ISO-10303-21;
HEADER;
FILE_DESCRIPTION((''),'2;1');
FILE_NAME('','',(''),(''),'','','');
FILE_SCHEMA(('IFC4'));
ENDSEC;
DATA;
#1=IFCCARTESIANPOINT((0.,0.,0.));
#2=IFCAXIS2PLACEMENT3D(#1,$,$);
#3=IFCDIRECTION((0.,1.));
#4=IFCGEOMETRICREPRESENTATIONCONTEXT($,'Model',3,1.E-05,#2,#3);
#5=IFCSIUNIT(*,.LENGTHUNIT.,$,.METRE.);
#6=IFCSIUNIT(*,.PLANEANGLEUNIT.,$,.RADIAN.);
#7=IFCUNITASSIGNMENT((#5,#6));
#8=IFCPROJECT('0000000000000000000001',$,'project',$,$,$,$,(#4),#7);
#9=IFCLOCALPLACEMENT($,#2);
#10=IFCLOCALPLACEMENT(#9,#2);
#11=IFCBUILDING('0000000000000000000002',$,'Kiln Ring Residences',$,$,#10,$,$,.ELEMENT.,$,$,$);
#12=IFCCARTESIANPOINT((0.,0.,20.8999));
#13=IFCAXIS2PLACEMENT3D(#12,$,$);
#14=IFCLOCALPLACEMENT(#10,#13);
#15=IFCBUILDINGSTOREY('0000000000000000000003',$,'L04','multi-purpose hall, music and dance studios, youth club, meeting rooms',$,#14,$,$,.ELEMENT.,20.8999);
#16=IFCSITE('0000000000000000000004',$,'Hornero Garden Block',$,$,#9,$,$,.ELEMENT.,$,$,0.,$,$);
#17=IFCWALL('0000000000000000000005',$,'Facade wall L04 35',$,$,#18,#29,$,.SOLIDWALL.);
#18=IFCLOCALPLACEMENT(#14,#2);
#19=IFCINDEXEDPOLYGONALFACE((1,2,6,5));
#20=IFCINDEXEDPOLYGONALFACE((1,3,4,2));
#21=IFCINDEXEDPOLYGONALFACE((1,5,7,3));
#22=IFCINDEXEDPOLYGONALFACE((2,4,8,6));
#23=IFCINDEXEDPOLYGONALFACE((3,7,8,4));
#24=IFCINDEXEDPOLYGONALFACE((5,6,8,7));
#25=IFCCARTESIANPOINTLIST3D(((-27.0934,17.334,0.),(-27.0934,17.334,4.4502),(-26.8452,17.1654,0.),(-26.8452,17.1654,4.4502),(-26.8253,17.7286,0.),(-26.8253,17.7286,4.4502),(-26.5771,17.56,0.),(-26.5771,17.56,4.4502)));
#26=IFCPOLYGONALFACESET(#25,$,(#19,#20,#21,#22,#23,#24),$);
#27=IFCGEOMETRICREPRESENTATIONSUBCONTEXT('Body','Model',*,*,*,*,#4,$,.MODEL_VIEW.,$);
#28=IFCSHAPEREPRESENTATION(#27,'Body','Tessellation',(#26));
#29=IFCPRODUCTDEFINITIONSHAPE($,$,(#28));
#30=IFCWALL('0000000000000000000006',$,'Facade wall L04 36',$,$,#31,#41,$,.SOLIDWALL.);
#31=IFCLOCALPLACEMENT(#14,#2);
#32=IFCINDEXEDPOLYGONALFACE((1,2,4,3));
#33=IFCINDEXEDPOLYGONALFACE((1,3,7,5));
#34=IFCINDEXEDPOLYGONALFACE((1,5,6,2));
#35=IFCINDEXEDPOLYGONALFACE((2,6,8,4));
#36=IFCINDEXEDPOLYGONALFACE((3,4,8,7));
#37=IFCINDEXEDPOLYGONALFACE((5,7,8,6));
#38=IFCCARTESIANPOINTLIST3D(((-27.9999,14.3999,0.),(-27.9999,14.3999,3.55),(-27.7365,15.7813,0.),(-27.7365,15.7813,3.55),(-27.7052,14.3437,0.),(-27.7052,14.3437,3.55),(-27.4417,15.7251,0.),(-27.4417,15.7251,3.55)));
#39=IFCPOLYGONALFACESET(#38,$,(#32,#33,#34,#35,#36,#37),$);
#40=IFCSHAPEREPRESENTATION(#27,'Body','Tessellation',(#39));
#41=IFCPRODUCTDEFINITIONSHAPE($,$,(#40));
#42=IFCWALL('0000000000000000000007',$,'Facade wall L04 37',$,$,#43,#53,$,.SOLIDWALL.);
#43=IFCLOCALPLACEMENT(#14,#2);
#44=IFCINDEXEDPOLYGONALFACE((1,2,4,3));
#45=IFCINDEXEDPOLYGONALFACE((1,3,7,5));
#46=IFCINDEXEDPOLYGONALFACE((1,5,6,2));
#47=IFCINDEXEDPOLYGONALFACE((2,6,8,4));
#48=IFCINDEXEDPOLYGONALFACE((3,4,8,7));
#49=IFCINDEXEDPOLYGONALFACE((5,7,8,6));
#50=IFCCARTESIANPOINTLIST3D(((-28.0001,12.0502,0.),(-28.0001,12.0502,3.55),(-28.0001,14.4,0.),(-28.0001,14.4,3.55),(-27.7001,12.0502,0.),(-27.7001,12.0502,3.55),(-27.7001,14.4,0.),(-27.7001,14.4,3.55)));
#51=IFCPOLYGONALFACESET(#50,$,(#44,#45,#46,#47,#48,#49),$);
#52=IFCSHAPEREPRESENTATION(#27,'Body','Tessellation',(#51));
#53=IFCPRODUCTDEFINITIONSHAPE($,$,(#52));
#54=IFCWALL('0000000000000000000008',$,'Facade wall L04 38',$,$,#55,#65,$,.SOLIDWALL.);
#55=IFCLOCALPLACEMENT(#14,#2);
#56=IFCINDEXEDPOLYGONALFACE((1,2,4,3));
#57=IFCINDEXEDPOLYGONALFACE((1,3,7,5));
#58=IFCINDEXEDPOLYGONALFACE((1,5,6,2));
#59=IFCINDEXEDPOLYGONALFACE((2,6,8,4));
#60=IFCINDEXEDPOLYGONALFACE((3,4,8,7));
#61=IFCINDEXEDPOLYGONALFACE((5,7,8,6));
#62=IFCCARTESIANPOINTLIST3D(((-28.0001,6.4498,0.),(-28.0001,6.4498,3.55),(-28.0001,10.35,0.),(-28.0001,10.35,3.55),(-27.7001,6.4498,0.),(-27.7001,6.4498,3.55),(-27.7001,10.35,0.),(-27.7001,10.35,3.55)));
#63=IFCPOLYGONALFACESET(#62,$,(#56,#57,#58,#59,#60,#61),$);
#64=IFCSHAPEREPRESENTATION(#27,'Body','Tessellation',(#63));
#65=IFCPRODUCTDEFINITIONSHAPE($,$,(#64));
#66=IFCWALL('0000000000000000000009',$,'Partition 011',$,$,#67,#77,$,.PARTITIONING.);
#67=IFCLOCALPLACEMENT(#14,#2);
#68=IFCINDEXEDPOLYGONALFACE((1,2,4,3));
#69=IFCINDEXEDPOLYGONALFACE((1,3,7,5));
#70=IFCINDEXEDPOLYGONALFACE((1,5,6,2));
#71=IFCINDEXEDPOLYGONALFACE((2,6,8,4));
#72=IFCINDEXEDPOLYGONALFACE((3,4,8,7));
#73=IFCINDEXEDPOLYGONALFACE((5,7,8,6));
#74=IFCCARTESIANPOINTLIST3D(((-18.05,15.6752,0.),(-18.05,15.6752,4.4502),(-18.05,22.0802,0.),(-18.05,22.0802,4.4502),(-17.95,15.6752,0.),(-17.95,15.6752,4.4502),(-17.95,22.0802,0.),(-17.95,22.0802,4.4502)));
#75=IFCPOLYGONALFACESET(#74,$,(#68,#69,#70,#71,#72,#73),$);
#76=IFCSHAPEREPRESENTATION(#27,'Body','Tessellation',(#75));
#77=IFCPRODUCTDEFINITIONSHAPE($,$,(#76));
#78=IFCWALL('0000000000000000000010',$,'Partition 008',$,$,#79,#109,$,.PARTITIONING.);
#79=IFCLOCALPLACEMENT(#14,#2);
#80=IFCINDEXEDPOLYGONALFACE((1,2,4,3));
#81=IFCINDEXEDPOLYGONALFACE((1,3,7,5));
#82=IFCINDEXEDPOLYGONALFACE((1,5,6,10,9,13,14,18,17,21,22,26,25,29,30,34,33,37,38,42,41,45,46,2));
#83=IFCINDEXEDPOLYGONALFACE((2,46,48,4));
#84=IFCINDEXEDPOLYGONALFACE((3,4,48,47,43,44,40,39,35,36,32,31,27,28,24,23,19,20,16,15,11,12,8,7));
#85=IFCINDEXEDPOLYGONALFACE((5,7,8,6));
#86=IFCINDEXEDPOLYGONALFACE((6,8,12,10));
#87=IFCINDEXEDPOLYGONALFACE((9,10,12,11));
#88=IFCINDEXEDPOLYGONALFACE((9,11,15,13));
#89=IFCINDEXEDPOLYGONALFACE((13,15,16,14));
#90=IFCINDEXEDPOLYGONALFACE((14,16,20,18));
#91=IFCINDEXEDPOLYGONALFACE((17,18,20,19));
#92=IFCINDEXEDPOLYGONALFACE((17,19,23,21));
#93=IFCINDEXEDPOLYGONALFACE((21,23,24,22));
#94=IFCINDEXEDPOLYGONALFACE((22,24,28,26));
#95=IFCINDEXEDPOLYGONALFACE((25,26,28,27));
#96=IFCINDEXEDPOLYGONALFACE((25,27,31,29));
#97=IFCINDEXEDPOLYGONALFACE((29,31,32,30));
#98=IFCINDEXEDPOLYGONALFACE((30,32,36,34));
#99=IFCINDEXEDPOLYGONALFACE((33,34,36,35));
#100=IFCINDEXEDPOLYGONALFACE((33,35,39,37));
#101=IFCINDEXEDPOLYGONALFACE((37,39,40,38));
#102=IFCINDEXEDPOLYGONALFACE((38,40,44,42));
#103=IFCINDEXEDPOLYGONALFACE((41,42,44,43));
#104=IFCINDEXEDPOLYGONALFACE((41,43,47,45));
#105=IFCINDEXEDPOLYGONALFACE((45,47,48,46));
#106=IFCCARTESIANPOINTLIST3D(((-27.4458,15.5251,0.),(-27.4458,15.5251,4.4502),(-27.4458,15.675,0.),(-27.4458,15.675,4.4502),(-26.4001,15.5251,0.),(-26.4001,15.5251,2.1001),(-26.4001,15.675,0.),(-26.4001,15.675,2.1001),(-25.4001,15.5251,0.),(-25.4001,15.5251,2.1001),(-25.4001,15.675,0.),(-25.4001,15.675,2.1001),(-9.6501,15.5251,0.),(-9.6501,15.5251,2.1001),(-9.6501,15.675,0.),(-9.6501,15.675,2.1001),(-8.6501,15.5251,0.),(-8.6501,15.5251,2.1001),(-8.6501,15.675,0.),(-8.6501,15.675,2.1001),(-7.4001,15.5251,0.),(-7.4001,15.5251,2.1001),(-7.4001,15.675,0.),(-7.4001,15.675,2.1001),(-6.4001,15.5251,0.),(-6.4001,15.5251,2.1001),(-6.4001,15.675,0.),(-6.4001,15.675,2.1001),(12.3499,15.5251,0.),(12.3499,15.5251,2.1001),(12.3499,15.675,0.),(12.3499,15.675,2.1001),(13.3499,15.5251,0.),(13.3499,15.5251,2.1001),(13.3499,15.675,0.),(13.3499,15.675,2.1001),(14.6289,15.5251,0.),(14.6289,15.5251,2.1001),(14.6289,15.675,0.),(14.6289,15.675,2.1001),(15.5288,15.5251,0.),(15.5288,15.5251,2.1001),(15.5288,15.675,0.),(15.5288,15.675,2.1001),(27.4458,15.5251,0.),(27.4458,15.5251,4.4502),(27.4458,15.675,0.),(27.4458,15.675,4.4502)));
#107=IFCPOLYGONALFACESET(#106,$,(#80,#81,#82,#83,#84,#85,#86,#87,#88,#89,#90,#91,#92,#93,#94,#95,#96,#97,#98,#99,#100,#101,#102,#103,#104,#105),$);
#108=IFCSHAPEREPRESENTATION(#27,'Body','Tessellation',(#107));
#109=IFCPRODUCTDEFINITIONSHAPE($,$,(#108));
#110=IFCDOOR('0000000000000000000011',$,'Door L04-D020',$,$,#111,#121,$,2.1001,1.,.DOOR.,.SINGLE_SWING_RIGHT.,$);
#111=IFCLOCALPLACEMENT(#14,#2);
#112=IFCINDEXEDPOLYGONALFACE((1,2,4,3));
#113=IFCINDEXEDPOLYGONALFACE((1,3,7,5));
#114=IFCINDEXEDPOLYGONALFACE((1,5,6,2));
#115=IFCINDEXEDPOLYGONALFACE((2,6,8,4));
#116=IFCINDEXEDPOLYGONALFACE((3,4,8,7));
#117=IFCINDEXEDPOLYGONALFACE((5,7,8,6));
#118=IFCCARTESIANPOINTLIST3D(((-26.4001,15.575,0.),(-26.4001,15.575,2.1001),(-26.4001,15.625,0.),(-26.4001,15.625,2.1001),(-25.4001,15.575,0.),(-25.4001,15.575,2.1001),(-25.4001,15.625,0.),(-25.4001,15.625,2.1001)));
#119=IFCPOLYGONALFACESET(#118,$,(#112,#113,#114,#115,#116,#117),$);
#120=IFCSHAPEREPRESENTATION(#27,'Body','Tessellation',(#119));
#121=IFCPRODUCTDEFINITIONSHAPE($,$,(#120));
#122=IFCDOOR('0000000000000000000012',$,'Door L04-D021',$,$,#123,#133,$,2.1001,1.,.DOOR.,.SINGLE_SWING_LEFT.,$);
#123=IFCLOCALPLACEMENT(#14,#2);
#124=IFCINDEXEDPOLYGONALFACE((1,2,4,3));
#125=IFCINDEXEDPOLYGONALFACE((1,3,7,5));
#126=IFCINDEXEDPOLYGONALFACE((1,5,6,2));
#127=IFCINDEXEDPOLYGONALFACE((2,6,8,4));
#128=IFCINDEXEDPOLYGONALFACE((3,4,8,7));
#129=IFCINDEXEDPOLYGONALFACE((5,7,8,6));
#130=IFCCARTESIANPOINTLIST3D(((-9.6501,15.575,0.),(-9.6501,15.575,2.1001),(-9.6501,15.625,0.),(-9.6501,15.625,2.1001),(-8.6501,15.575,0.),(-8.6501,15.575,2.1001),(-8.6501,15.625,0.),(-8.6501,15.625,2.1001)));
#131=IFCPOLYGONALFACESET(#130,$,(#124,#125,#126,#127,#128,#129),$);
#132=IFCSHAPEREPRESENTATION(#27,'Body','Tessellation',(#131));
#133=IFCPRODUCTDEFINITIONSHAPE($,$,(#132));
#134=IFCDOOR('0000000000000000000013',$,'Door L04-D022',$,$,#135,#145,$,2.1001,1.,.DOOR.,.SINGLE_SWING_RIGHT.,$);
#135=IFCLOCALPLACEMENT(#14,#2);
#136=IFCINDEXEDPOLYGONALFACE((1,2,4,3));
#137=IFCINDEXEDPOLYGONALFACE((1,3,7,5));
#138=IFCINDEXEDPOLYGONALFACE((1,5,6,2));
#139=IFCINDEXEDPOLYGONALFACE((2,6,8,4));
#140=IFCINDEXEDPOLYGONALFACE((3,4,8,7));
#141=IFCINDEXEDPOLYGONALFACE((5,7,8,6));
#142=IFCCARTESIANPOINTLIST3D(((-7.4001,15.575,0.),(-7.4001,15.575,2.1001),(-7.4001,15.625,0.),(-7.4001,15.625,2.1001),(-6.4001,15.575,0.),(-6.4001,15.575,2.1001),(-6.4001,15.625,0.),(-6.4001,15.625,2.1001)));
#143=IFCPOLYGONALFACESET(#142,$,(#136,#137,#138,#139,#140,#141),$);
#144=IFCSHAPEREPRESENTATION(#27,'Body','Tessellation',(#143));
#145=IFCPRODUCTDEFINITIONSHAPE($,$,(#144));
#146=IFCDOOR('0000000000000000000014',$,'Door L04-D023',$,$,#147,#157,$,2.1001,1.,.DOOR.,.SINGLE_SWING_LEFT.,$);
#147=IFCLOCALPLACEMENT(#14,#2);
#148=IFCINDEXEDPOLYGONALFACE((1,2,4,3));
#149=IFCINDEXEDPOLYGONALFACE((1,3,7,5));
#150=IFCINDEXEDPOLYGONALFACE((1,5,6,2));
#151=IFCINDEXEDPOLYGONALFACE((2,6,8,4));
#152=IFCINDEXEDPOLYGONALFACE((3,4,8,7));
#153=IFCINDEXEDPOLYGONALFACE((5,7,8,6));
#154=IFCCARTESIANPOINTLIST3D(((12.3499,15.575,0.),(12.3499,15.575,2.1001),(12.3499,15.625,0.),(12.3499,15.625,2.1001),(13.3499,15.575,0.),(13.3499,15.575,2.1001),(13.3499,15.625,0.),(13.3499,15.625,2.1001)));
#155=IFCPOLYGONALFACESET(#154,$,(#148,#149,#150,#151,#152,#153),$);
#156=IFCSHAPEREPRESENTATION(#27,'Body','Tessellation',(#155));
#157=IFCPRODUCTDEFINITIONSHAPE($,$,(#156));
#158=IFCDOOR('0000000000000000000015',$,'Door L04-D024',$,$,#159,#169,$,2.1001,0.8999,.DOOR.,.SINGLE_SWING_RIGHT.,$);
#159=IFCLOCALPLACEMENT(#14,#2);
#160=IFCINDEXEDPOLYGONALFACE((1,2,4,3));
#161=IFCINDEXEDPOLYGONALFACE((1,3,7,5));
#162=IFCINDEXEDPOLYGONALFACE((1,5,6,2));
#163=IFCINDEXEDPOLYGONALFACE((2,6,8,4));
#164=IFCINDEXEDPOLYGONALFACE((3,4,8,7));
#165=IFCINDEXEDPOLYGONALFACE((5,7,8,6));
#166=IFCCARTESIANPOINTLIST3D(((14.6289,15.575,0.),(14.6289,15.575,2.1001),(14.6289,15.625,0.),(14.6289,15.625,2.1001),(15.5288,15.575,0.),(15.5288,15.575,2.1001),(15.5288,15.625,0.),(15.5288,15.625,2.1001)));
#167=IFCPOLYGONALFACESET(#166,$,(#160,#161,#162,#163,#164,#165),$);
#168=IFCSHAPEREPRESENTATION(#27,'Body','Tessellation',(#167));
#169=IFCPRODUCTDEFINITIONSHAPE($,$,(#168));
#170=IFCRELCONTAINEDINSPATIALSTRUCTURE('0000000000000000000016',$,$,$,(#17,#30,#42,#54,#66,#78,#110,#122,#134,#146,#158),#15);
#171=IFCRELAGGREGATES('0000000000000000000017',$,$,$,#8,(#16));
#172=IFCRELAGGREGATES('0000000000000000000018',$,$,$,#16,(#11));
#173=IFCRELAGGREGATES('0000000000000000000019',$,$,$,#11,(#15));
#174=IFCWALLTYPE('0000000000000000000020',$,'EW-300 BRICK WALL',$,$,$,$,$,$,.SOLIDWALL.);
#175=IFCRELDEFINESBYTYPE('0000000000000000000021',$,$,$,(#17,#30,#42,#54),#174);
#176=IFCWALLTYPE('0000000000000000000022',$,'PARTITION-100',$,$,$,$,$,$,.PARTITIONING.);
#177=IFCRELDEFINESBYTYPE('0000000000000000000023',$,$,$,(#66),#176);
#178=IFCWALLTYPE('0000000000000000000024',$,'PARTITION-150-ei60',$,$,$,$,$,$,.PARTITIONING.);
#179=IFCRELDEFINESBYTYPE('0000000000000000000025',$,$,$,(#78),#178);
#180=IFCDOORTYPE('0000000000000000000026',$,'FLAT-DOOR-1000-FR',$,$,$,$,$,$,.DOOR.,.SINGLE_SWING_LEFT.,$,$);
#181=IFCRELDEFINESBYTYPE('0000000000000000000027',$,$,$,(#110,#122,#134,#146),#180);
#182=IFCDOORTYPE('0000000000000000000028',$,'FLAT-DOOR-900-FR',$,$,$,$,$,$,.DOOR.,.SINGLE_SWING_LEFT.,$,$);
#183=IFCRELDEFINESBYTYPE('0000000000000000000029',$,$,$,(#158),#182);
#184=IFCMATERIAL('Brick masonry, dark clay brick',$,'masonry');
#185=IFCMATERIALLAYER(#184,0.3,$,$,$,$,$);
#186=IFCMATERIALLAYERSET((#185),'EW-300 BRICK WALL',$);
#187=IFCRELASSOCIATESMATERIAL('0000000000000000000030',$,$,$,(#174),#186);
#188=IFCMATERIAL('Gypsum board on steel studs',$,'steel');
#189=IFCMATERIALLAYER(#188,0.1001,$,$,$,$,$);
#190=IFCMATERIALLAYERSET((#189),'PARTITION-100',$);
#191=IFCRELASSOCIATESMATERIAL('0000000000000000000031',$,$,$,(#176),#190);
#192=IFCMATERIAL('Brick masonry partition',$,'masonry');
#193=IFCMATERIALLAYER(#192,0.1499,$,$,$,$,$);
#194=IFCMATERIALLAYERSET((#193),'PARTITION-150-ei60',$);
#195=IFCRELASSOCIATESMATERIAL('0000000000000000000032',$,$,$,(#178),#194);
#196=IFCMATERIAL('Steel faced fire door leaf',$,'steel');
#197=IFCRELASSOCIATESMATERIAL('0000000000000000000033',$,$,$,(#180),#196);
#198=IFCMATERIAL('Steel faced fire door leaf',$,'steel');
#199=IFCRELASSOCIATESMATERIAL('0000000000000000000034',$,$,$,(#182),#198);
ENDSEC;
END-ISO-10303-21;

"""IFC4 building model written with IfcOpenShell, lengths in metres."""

from ifc_helpers import new_model, si_unit, direction, frame, frame_2d, origin, place, context, subcontext, project, spatial, rectangle, extrude, material, layer, layer_set, type_object, element, fill, save


model = new_model("IFC4")

# Units and contexts
model_context = context("Model", 3, precision=1e-05, world=origin(), true_north=direction((0.0, 1.0)))
body_context = subcontext(model_context, "Body", "Model", "MODEL_VIEW")
ifc_project = project(units=[si_unit("LENGTHUNIT", "METRE"), si_unit("PLANEANGLEUNIT", "RADIAN")], contexts=[model_context])

# Site, building, storey
site_placement = place(None, origin())
site = spatial("IfcSite", under=ifc_project, at=site_placement, Name="Hornero Garden Block", CompositionType="ELEMENT", RefElevation=0.0)
building_placement = place(site_placement, origin())
building = spatial("IfcBuilding", under=site, at=building_placement, Name="Kiln Ring Residences", CompositionType="ELEMENT")
storey_placement = place(building_placement, frame((0.0, 0.0, 20.8999)))
storey = spatial("IfcBuildingStorey", under=building, at=storey_placement, Name="L04", Description="multi-purpose hall, music and dance studios, youth club, meeting rooms", CompositionType="ELEMENT", Elevation=20.8999)

# Shared definitions
ifc_material_1 = material(Name="Brick masonry, dark clay brick", Category="masonry")
ifc_layer_1 = layer(ifc_material_1, 0.3)
ifc_layer_set_1 = layer_set([ifc_layer_1], Name="EW-300 BRICK WALL")
wall_type_1 = type_object("IfcWallType", Name="EW-300 BRICK WALL", PredefinedType="SOLIDWALL", material=ifc_layer_set_1)

# Walls
wall_1_placement = place(storey_placement, frame((-26.7012, 17.6443, 0.0), z_axis=(0.0, 0.0, 1.0), x_axis=(-0.562002, -0.827136, 0.0)))
element("IfcWall", 1, at=wall_1_placement, inside=storey, type_object=wall_type_1, Name="Facade wall L04 35", PredefinedType="SOLIDWALL", context=body_context, shape_type="SweptSolid", body=[
    extrude(rectangle(XDim=0.4771, YDim=0.3, at=frame_2d((0.2385, 0.0))), origin(), (0.0, 0.0, 1.0), 4.4502),
])
wall_2_placement = place(storey_placement, frame((-27.5891, 15.7532, 0.0), z_axis=(0.0, 0.0, 1.0), x_axis=(-0.187328, -0.982298, 0.0)))
element("IfcWall", 2, at=wall_2_placement, inside=storey, type_object=wall_type_1, Name="Facade wall L04 36", PredefinedType="SOLIDWALL", context=body_context, shape_type="SweptSolid", body=[
    extrude(rectangle(XDim=1.4062, YDim=0.3, at=frame_2d((0.7031, 0.0))), origin(), (0.0, 0.0, 1.0), 3.55),
])
wall_3_placement = place(storey_placement, frame((-27.8501, 14.3999, 0.0), z_axis=(0.0, 0.0, 1.0), x_axis=(0.0, -1.0, 0.0)))
element("IfcWall", 3, at=wall_3_placement, inside=storey, type_object=wall_type_1, Name="Facade wall L04 37", PredefinedType="SOLIDWALL", context=body_context, shape_type="SweptSolid", body=[
    extrude(rectangle(XDim=2.3499, YDim=0.3, at=frame_2d((1.1748, 0.0))), origin(), (0.0, 0.0, 1.0), 3.55),
])
wall_4_placement = place(storey_placement, frame((-27.8501, 10.3501, 0.0), z_axis=(0.0, 0.0, 1.0), x_axis=(0.0, -1.0, 0.0)))
element("IfcWall", 4, at=wall_4_placement, inside=storey, type_object=wall_type_1, Name="Facade wall L04 38", PredefinedType="SOLIDWALL", context=body_context, shape_type="SweptSolid", body=[
    extrude(rectangle(XDim=3.9001, YDim=0.3, at=frame_2d((1.9502, 0.0))), origin(), (0.0, 0.0, 1.0), 3.55),
])
ifc_material_2 = material(Name="Gypsum board on steel studs", Category="steel")
ifc_layer_2 = layer(ifc_material_2, 0.1001)
ifc_layer_set_2 = layer_set([ifc_layer_2], Name="PARTITION-100")
wall_type_2 = type_object("IfcWallType", Name="PARTITION-100", PredefinedType="PARTITIONING", material=ifc_layer_set_2)
wall_5_placement = place(storey_placement, frame((-18.0, 15.675, 0.0), z_axis=(0.0, 0.0, 1.0), x_axis=(0.0, 1.0, 0.0)))
element("IfcWall", 5, at=wall_5_placement, inside=storey, type_object=wall_type_2, Name="Partition 011", PredefinedType="PARTITIONING", context=body_context, shape_type="SweptSolid", body=[
    extrude(rectangle(XDim=6.405, YDim=0.1001, at=frame_2d((3.2026, 0.0))), origin(), (0.0, 0.0, 1.0), 4.4502),
])

# Wall, openings, doors
ifc_material_3 = material(Name="Brick masonry partition", Category="masonry")
ifc_layer_3 = layer(ifc_material_3, 0.1499)
ifc_layer_set_3 = layer_set([ifc_layer_3], Name="PARTITION-150-ei60")
wall_type_3 = type_object("IfcWallType", Name="PARTITION-150-ei60", PredefinedType="PARTITIONING", material=ifc_layer_set_3)
wall_6_placement = place(storey_placement, frame((-27.4458, 15.6001, 0.0), z_axis=(0.0, 0.0, 1.0), x_axis=(1.0, 0.0, 0.0)))
wall_6 = element("IfcWall", 6, at=wall_6_placement, inside=storey, type_object=wall_type_3, Name="Partition 008", PredefinedType="PARTITIONING", context=body_context, shape_type="SweptSolid", body=[
    extrude(rectangle(XDim=54.8916, YDim=0.1499, at=frame_2d((27.4458, 0.0))), origin(), (0.0, 0.0, 1.0), 4.4502),
])
opening_1_placement = place(wall_6_placement, frame((1.0457, 0.0, 0.0)))
opening_1 = element("IfcOpeningElement", 7, at=opening_1_placement, cuts=wall_6, PredefinedType="OPENING", context=body_context, shape_type="SweptSolid", body=[
    extrude(rectangle(XDim=1.0, YDim=2.1001, at=frame_2d((0.5, 1.05))), frame((0.0, 0.085, 0.0), z_axis=(0.0, -1.0, 0.0), x_axis=(1.0, 0.0, 0.0)), (0.0, 0.0, 1.0), 0.1699),
])
opening_2_placement = place(wall_6_placement, frame((17.7957, 0.0, 0.0)))
opening_2 = element("IfcOpeningElement", 8, at=opening_2_placement, cuts=wall_6, PredefinedType="OPENING", context=body_context, shape_type="SweptSolid", body=[
    extrude(rectangle(XDim=1.0, YDim=2.1001, at=frame_2d((0.5, 1.05))), frame((0.0, 0.085, 0.0), z_axis=(0.0, -1.0, 0.0), x_axis=(1.0, 0.0, 0.0)), (0.0, 0.0, 1.0), 0.1699),
])
opening_3_placement = place(wall_6_placement, frame((20.0457, 0.0, 0.0)))
opening_3 = element("IfcOpeningElement", 9, at=opening_3_placement, cuts=wall_6, PredefinedType="OPENING", context=body_context, shape_type="SweptSolid", body=[
    extrude(rectangle(XDim=1.0, YDim=2.1001, at=frame_2d((0.5, 1.05))), frame((0.0, 0.085, 0.0), z_axis=(0.0, -1.0, 0.0), x_axis=(1.0, 0.0, 0.0)), (0.0, 0.0, 1.0), 0.1699),
])
opening_4_placement = place(wall_6_placement, frame((39.7957, 0.0, 0.0)))
opening_4 = element("IfcOpeningElement", 10, at=opening_4_placement, cuts=wall_6, PredefinedType="OPENING", context=body_context, shape_type="SweptSolid", body=[
    extrude(rectangle(XDim=1.0, YDim=2.1001, at=frame_2d((0.5, 1.05))), frame((0.0, 0.085, 0.0), z_axis=(0.0, -1.0, 0.0), x_axis=(1.0, 0.0, 0.0)), (0.0, 0.0, 1.0), 0.1699),
])
opening_5_placement = place(wall_6_placement, frame((42.0747, 0.0, 0.0)))
opening_5 = element("IfcOpeningElement", 11, at=opening_5_placement, cuts=wall_6, PredefinedType="OPENING", context=body_context, shape_type="SweptSolid", body=[
    extrude(rectangle(XDim=0.8999, YDim=2.1001, at=frame_2d((0.45, 1.05))), frame((0.0, 0.085, 0.0), z_axis=(0.0, -1.0, 0.0), x_axis=(1.0, 0.0, 0.0)), (0.0, 0.0, 1.0), 0.1699),
])
ifc_material_4 = material(Name="Steel faced fire door leaf", Category="steel")
door_type_1 = type_object("IfcDoorType", Name="FLAT-DOOR-1000-FR", OperationType="SINGLE_SWING_LEFT", PredefinedType="DOOR", material=ifc_material_4)
door_1_placement = place(opening_1_placement, origin())
door_1 = element("IfcDoor", 12, at=door_1_placement, inside=storey, type_object=door_type_1, Name="Door L04-D020", OperationType="SINGLE_SWING_RIGHT", OverallHeight=2.1001, OverallWidth=1.0, PredefinedType="DOOR", context=body_context, shape_type="SweptSolid", body=[
    extrude(rectangle(XDim=1.0, YDim=2.1001, at=frame_2d((0.5, 1.05))), frame((0.0, 0.0249, 0.0), z_axis=(0.0, -1.0, 0.0), x_axis=(1.0, 0.0, 0.0)), (0.0, 0.0, 1.0), 0.05),
])
fill(opening_1, door_1)
door_2_placement = place(opening_2_placement, origin())
door_2 = element("IfcDoor", 13, at=door_2_placement, inside=storey, type_object=door_type_1, Name="Door L04-D021", OperationType="SINGLE_SWING_LEFT", OverallHeight=2.1001, OverallWidth=1.0, PredefinedType="DOOR", context=body_context, shape_type="SweptSolid", body=[
    extrude(rectangle(XDim=1.0, YDim=2.1001, at=frame_2d((0.5, 1.05))), frame((0.0, 0.0249, 0.0), z_axis=(0.0, -1.0, 0.0), x_axis=(1.0, 0.0, 0.0)), (0.0, 0.0, 1.0), 0.05),
])
fill(opening_2, door_2)
door_3_placement = place(opening_3_placement, origin())
door_3 = element("IfcDoor", 14, at=door_3_placement, inside=storey, type_object=door_type_1, Name="Door L04-D022", OperationType="SINGLE_SWING_RIGHT", OverallHeight=2.1001, OverallWidth=1.0, PredefinedType="DOOR", context=body_context, shape_type="SweptSolid", body=[
    extrude(rectangle(XDim=1.0, YDim=2.1001, at=frame_2d((0.5, 1.05))), frame((0.0, 0.0249, 0.0), z_axis=(0.0, -1.0, 0.0), x_axis=(1.0, 0.0, 0.0)), (0.0, 0.0, 1.0), 0.05),
])
fill(opening_3, door_3)
door_4_placement = place(opening_4_placement, origin())
door_4 = element("IfcDoor", 15, at=door_4_placement, inside=storey, type_object=door_type_1, Name="Door L04-D023", OperationType="SINGLE_SWING_LEFT", OverallHeight=2.1001, OverallWidth=1.0, PredefinedType="DOOR", context=body_context, shape_type="SweptSolid", body=[
    extrude(rectangle(XDim=1.0, YDim=2.1001, at=frame_2d((0.5, 1.05))), frame((0.0, 0.0249, 0.0), z_axis=(0.0, -1.0, 0.0), x_axis=(1.0, 0.0, 0.0)), (0.0, 0.0, 1.0), 0.05),
])
fill(opening_4, door_4)
ifc_material_5 = material(Name="Steel faced fire door leaf", Category="steel")
door_type_2 = type_object("IfcDoorType", Name="FLAT-DOOR-900-FR", OperationType="SINGLE_SWING_LEFT", PredefinedType="DOOR", material=ifc_material_5)
door_5_placement = place(opening_5_placement, origin())
door_5 = element("IfcDoor", 16, at=door_5_placement, inside=storey, type_object=door_type_2, Name="Door L04-D024", OperationType="SINGLE_SWING_RIGHT", OverallHeight=2.1001, OverallWidth=0.8999, PredefinedType="DOOR", context=body_context, shape_type="SweptSolid", body=[
    extrude(rectangle(XDim=0.8999, YDim=2.1001, at=frame_2d((0.45, 1.05))), frame((0.0, 0.0249, 0.0), z_axis=(0.0, -1.0, 0.0), x_axis=(1.0, 0.0, 0.0)), (0.0, 0.0, 1.0), 0.05),
])
fill(opening_5, door_5)

save(model, "model.ifc")
